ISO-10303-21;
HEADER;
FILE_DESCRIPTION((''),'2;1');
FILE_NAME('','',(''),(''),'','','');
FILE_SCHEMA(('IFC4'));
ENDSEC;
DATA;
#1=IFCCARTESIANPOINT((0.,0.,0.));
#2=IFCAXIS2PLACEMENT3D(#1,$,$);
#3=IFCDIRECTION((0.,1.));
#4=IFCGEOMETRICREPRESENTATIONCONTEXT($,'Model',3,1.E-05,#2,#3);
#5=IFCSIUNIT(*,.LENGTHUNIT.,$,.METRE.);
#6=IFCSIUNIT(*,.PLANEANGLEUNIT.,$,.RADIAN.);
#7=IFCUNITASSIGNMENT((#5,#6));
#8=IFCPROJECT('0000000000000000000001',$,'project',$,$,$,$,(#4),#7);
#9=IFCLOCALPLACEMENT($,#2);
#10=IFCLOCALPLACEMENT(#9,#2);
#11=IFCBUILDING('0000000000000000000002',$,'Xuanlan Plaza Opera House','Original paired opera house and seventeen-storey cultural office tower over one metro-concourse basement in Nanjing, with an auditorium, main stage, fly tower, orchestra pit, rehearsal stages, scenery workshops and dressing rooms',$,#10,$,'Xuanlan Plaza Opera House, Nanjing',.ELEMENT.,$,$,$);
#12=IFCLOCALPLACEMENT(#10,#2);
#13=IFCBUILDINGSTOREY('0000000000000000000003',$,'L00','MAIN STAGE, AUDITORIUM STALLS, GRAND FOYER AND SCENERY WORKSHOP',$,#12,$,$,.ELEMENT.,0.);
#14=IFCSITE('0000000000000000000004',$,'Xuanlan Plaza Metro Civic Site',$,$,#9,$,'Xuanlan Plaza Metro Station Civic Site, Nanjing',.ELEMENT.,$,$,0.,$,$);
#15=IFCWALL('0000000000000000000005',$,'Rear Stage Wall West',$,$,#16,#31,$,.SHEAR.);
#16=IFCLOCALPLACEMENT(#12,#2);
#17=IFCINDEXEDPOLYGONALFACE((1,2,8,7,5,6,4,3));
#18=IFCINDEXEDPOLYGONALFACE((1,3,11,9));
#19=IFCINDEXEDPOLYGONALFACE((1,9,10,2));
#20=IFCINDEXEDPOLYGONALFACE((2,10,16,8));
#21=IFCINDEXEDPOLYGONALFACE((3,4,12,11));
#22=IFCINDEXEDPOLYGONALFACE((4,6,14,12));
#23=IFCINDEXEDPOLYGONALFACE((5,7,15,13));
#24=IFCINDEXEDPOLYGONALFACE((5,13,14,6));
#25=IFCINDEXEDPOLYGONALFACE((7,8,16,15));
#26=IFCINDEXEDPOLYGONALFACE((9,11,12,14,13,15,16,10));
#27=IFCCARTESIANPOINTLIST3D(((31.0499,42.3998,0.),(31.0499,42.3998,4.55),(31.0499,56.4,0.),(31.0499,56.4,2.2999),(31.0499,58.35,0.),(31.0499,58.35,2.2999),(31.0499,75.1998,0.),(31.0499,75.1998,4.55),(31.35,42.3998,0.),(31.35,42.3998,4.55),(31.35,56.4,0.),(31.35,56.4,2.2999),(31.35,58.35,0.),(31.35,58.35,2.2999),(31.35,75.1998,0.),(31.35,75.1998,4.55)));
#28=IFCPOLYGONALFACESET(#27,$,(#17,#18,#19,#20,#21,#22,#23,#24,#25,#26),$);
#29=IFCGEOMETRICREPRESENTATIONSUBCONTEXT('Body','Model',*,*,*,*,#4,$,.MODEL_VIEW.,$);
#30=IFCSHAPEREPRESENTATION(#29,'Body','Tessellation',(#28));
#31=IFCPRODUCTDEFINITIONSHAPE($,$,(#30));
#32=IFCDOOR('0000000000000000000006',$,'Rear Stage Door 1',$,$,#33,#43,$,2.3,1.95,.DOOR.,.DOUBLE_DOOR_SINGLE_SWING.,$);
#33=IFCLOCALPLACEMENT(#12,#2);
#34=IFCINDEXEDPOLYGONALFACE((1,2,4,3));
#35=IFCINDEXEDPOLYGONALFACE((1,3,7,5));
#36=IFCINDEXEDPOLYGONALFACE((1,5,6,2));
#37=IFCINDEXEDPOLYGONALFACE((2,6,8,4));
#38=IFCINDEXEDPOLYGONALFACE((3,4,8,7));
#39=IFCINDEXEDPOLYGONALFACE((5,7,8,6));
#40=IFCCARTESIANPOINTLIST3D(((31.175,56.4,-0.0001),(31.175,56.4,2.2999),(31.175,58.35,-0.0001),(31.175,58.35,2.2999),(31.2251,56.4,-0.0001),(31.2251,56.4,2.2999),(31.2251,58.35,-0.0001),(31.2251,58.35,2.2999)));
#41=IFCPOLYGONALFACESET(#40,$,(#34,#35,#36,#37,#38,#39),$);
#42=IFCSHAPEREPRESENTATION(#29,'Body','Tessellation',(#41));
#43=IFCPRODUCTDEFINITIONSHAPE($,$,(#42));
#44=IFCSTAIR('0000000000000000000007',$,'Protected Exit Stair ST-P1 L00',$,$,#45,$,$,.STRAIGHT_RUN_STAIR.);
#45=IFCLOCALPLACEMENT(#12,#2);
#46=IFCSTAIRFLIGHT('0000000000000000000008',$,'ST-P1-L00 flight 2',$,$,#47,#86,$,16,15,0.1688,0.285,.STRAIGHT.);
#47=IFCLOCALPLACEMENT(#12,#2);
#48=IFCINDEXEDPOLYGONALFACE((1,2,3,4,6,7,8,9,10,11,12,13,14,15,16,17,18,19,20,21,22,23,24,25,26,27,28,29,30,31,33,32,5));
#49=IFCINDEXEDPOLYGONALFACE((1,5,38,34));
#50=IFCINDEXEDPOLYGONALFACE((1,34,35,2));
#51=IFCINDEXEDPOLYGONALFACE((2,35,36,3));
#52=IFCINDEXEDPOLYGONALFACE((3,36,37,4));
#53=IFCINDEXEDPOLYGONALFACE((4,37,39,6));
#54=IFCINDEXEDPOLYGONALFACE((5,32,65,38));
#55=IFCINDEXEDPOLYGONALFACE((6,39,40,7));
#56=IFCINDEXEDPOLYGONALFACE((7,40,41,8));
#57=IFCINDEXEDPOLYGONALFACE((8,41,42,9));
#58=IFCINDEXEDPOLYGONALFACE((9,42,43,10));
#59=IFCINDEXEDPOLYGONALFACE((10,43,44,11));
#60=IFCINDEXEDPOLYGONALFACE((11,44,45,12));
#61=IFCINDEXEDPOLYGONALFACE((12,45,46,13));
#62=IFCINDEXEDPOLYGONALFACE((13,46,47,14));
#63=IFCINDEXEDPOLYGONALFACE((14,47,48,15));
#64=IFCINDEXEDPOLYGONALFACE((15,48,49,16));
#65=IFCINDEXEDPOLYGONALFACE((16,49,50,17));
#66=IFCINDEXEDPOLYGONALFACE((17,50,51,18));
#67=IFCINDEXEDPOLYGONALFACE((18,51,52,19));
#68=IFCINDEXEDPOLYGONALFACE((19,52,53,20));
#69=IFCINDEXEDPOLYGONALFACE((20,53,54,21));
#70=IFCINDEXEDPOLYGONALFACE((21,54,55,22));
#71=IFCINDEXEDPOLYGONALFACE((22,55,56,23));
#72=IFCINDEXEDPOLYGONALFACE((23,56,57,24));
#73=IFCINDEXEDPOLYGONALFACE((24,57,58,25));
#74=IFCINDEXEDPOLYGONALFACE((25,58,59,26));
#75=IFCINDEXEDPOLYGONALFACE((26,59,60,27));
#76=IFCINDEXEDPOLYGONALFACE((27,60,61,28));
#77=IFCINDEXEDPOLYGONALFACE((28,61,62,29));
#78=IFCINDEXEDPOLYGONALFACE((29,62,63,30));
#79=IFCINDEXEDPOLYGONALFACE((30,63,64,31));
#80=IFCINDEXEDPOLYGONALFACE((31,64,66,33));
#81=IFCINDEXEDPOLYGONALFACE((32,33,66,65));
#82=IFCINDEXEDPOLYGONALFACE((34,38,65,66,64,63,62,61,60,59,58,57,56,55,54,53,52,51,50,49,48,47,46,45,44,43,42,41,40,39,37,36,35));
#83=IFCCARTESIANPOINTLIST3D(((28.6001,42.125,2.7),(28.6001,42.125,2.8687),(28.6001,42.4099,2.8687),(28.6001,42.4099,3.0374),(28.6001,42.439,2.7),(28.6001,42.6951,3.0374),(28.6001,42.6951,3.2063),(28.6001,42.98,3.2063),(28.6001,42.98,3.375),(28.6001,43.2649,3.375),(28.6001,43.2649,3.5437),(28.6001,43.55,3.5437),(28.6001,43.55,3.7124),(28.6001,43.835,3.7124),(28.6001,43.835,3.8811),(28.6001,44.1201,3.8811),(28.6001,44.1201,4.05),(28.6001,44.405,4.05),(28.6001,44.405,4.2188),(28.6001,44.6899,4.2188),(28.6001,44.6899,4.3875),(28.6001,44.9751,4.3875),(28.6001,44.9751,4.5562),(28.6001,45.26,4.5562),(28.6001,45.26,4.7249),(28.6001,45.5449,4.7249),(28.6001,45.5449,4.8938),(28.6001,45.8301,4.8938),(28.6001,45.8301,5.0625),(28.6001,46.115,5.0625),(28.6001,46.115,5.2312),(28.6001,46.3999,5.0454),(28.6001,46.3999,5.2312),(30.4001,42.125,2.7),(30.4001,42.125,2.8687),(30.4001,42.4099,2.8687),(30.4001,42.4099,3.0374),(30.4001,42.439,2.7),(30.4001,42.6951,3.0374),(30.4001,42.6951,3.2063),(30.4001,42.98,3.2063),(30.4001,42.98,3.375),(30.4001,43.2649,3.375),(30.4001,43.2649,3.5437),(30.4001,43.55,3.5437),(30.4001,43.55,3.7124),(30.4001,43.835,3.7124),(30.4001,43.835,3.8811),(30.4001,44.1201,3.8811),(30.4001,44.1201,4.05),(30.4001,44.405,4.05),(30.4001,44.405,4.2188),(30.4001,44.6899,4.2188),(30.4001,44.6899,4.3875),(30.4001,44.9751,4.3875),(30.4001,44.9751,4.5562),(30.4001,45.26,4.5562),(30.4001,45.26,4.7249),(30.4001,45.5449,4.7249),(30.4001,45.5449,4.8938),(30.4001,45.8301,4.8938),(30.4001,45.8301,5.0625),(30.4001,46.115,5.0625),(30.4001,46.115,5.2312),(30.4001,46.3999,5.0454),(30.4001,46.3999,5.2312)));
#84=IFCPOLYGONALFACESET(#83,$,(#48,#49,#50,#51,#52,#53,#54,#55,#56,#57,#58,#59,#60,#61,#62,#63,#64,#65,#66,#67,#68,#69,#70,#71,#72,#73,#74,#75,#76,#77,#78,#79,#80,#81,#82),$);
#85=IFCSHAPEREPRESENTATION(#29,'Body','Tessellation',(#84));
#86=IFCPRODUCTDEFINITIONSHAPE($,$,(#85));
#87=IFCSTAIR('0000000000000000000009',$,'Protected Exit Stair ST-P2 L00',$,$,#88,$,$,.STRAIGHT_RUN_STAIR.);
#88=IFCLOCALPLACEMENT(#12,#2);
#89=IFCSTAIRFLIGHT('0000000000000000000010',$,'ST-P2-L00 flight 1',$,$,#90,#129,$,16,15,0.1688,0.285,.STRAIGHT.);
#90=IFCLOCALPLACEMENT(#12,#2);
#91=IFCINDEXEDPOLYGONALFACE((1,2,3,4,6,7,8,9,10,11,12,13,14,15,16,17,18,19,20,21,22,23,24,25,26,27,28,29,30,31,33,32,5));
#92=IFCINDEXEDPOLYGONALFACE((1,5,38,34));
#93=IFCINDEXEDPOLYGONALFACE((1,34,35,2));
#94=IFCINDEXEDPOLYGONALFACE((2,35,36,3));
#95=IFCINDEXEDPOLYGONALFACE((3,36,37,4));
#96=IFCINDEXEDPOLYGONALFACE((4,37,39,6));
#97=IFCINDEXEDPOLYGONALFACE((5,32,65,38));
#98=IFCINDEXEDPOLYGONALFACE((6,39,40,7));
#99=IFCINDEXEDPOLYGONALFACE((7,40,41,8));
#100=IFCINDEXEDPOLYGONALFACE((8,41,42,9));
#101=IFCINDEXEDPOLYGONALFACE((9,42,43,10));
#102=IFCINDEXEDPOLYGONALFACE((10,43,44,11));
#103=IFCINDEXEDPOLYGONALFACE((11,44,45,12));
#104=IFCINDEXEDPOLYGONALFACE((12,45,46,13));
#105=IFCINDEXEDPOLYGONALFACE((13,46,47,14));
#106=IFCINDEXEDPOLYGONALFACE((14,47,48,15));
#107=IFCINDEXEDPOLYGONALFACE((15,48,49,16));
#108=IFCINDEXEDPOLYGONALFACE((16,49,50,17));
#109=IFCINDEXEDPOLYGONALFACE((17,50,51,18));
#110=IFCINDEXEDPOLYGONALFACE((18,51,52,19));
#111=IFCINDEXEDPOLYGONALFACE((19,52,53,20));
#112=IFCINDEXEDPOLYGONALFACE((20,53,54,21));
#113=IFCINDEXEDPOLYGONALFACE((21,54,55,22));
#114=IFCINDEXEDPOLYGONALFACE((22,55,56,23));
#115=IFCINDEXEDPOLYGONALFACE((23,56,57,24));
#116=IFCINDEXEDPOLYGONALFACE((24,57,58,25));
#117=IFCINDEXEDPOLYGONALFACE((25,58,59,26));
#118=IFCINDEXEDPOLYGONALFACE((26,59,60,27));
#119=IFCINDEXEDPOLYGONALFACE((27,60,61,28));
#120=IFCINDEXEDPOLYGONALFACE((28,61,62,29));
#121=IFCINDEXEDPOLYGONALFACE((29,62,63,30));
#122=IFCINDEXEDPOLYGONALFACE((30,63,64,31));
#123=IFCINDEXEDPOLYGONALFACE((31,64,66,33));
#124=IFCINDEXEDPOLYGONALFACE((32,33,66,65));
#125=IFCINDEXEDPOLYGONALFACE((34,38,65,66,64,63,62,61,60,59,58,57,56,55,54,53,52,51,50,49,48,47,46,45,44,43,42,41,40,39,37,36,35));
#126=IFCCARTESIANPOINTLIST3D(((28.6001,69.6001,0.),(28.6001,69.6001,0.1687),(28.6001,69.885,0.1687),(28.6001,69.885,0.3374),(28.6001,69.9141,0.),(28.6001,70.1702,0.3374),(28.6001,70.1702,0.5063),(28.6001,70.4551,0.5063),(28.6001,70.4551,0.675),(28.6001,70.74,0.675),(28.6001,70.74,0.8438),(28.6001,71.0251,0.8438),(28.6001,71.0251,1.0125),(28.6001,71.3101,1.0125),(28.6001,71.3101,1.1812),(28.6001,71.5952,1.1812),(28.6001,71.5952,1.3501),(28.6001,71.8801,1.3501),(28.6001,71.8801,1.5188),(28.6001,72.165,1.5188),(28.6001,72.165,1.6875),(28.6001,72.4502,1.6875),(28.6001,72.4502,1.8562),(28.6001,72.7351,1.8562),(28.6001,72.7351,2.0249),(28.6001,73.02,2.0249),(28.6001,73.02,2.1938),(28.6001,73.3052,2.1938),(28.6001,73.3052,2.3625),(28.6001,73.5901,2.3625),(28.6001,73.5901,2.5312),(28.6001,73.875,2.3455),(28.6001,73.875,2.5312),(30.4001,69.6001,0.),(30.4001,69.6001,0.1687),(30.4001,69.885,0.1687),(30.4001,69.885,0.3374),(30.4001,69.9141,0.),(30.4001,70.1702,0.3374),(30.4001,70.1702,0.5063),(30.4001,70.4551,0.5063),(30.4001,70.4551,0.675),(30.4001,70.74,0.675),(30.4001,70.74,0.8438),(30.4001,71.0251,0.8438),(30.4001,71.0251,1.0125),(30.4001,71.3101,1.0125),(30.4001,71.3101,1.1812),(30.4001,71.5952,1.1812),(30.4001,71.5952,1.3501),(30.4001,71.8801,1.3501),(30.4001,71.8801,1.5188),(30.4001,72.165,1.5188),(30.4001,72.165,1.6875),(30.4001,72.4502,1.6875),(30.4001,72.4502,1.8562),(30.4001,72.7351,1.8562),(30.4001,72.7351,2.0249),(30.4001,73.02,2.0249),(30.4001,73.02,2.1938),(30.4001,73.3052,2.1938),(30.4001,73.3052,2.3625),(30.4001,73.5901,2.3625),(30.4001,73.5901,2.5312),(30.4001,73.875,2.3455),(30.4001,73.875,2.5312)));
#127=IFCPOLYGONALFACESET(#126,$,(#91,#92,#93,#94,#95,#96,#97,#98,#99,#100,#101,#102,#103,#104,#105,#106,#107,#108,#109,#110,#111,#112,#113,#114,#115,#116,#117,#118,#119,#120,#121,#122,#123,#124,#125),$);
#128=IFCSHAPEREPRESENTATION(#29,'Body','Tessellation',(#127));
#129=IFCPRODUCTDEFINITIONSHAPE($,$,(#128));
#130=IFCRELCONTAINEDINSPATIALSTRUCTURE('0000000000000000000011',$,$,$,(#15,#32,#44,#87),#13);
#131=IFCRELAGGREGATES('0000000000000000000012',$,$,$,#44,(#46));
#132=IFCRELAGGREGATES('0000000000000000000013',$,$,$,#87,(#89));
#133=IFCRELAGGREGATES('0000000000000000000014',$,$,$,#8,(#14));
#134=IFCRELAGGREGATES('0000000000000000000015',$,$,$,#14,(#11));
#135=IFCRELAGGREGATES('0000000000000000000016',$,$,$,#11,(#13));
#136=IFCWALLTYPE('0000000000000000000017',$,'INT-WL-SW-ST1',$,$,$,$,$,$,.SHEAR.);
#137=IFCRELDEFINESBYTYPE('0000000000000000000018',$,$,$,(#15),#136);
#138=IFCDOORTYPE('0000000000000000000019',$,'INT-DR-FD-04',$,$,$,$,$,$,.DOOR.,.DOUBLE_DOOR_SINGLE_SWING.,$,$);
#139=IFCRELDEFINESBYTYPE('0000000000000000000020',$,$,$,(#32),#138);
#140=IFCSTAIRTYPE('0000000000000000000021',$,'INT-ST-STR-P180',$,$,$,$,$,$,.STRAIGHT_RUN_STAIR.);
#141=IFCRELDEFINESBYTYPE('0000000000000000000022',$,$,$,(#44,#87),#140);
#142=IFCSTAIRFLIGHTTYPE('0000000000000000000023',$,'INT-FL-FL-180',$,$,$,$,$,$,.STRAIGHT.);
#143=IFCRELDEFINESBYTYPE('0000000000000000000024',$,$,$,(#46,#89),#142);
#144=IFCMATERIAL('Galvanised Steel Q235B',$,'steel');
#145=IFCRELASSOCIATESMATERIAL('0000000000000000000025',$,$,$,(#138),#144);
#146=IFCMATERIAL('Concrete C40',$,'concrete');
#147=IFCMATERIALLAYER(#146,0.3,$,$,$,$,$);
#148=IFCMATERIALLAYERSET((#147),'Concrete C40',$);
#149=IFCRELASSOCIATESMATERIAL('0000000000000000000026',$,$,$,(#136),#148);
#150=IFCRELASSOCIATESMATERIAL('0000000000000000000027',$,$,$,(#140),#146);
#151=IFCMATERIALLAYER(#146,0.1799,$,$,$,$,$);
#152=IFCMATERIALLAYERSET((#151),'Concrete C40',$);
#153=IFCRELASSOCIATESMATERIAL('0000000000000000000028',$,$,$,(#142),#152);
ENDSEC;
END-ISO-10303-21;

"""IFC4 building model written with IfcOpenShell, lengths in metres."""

from ifc_helpers import new_model, si_unit, direction, frame, frame_2d, origin, place, context, subcontext, project, spatial, polyline, rectangle, outline, extrude, material, layer, layer_set, type_object, element, fill, aggregate, save


model = new_model("IFC4")

# Units and contexts
model_context = context("Model", 3, precision=1e-05, world=origin(), true_north=direction((0.0, 1.0)))
body_context = subcontext(model_context, "Body", "Model", "MODEL_VIEW")
ifc_project = project(units=[si_unit("LENGTHUNIT", "METRE"), si_unit("PLANEANGLEUNIT", "RADIAN")], contexts=[model_context])

# Site, building, storey
site_placement = place(None, origin())
site = spatial("IfcSite", under=ifc_project, at=site_placement, Name="Xuanlan Plaza Metro Civic Site", LongName="Xuanlan Plaza Metro Station Civic Site, Nanjing", CompositionType="ELEMENT", RefElevation=0.0)
building_placement = place(site_placement, origin())
building = spatial("IfcBuilding", under=site, at=building_placement, Name="Xuanlan Plaza Opera House", Description="Original paired opera house and seventeen-storey cultural office tower over one metro-concourse basement in Nanjing, with an auditorium, main stage, fly tower, orchestra pit, rehearsal stages, scenery workshops and dressing rooms", LongName="Xuanlan Plaza Opera House, Nanjing", CompositionType="ELEMENT")
storey_placement = place(building_placement, origin())
storey = spatial("IfcBuildingStorey", under=building, at=storey_placement, Name="L00", Description="MAIN STAGE, AUDITORIUM STALLS, GRAND FOYER AND SCENERY WORKSHOP", CompositionType="ELEMENT", Elevation=0.0)

# Shared definitions
ifc_material_1 = material(Name="Concrete C40", Category="concrete")

# Shared definitions
ifc_material_2 = material(Name="Galvanised Steel Q235B", Category="steel")
door_type_1 = type_object("IfcDoorType", Name="INT-DR-FD-04", OperationType="DOUBLE_DOOR_SINGLE_SWING", PredefinedType="DOOR", material=ifc_material_2)

# Shared definitions
ifc_layer_1 = layer(ifc_material_1, 0.3)
ifc_layer_set_1 = layer_set([ifc_layer_1], Name="Concrete C40")
wall_type_1 = type_object("IfcWallType", Name="INT-WL-SW-ST1", PredefinedType="SHEAR", material=ifc_layer_set_1)

# Wall, opening, door
wall_1_placement = place(storey_placement, frame((31.2, 42.3999, 0.0), z_axis=(0.0, 0.0, 1.0), x_axis=(0.0, 1.0, 0.0)))
wall_1 = element("IfcWall", 1, at=wall_1_placement, inside=storey, type_object=wall_type_1, Name="Rear Stage Wall West", PredefinedType="SHEAR", context=body_context, shape_type="SweptSolid", body=[
    extrude(rectangle(XDim=32.8, YDim=0.3, at=frame_2d((16.3999, 0.0))), origin(), (0.0, 0.0, 1.0), 4.55),
])
opening_1_placement = place(wall_1_placement, frame((14.0, 0.0, 0.0)))
opening_1 = element("IfcOpeningElement", 2, at=opening_1_placement, cuts=wall_1, PredefinedType="OPENING", context=body_context, shape_type="SweptSolid", body=[
    extrude(rectangle(XDim=1.95, YDim=2.3, at=frame_2d((0.9751, 1.1499))), frame((0.0, 0.1599, 0.0), z_axis=(0.0, -1.0, 0.0), x_axis=(1.0, 0.0, 0.0)), (0.0, 0.0, 1.0), 0.3201),
])
door_1_placement = place(opening_1_placement, origin())
door_1 = element("IfcDoor", 3, at=door_1_placement, inside=storey, type_object=door_type_1, Name="Rear Stage Door 1", OperationType="DOUBLE_DOOR_SINGLE_SWING", OverallHeight=2.3, OverallWidth=1.95, PredefinedType="DOOR", context=body_context, shape_type="SweptSolid", body=[
    extrude(rectangle(XDim=1.95, YDim=2.3, at=frame_2d((0.9751, 1.1499))), frame((0.0, 0.0249, 0.0), z_axis=(0.0, -1.0, 0.0), x_axis=(1.0, 0.0, 0.0)), (0.0, 0.0, 1.0), 0.05),
])
fill(opening_1, door_1)

# Stairs, stair flights
stair_type = type_object("IfcStairType", Name="INT-ST-STR-P180", PredefinedType="STRAIGHT_RUN_STAIR", material=ifc_material_1)
stair_1_placement = place(storey_placement, origin())
stair_1 = element("IfcStair", 4, at=stair_1_placement, inside=storey, type_object=stair_type, Name="Protected Exit Stair ST-P1 L00", PredefinedType="STRAIGHT_RUN_STAIR")
ifc_layer_2 = layer(ifc_material_1, 0.1799)
ifc_layer_set_2 = layer_set([ifc_layer_2], Name="Concrete C40")
stair_flight_type = type_object("IfcStairFlightType", Name="INT-FL-FL-180", PredefinedType="STRAIGHT", material=ifc_layer_set_2)
stair_flight_1_placement = place(storey_placement, frame((29.5, 42.125, 2.7), z_axis=(0.0, 0.0, 1.0), x_axis=(0.0, 1.0, 0.0)))
stair_flight_1 = element("IfcStairFlight", 5, at=stair_flight_1_placement, type_object=stair_flight_type, Name="ST-P1-L00 flight 2", NumberOfRisers=16, NumberOfTreads=15, PredefinedType="STRAIGHT", RiserHeight=0.1688, TreadLength=0.285, context=body_context, shape_type="SweptSolid", body=[
    extrude(outline(polyline([(0.0, 0.0), (0.0, 0.1687), (0.2849, 0.1687), (0.2849, 0.3374), (0.5701, 0.3374), (0.5701, 0.5063), (0.855, 0.5063), (0.855, 0.675), (1.1399, 0.675), (1.1399, 0.8438), (1.425, 0.8438), (1.425, 1.0125), (1.71, 1.0125), (1.71, 1.1812), (1.9951, 1.1812), (1.9951, 1.3501), (2.28, 1.3501), (2.28, 1.5188), (2.5649, 1.5188), (2.5649, 1.6875), (2.8501, 1.6875), (2.8501, 1.8562), (3.135, 1.8562), (3.135, 2.0249), (3.4199, 2.0249), (3.4199, 2.1938), (3.7051, 2.1938), (3.7051, 2.3625), (3.99, 2.3625), (3.99, 2.5312), (4.2749, 2.5312), (4.2749, 2.7), (4.2749, 2.3455), (0.314, 0.0), (0.0, 0.0)])), frame((0.0, 0.8999, 0.0), z_axis=(0.0, -1.0, 0.0), x_axis=(1.0, 0.0, 0.0)), (0.0, 0.0, 1.0), 1.8),
])
aggregate(stair_1, [stair_flight_1])
stair_2_placement = place(storey_placement, origin())
stair_2 = element("IfcStair", 6, at=stair_2_placement, inside=storey, type_object=stair_type, Name="Protected Exit Stair ST-P2 L00", PredefinedType="STRAIGHT_RUN_STAIR")
stair_flight_2_placement = place(storey_placement, frame((29.5, 69.6001, 0.0), z_axis=(0.0, 0.0, 1.0), x_axis=(0.0, 1.0, 0.0)))
stair_flight_2 = element("IfcStairFlight", 7, at=stair_flight_2_placement, type_object=stair_flight_type, Name="ST-P2-L00 flight 1", NumberOfRisers=16, NumberOfTreads=15, PredefinedType="STRAIGHT", RiserHeight=0.1688, TreadLength=0.285, context=body_context, shape_type="SweptSolid", body=[
    extrude(outline(polyline([(0.0, 0.0), (0.0, 0.1687), (0.2849, 0.1687), (0.2849, 0.3374), (0.5701, 0.3374), (0.5701, 0.5063), (0.855, 0.5063), (0.855, 0.675), (1.1399, 0.675), (1.1399, 0.8438), (1.425, 0.8438), (1.425, 1.0125), (1.71, 1.0125), (1.71, 1.1812), (1.9951, 1.1812), (1.9951, 1.3501), (2.28, 1.3501), (2.28, 1.5188), (2.5649, 1.5188), (2.5649, 1.6875), (2.8501, 1.6875), (2.8501, 1.8562), (3.135, 1.8562), (3.135, 2.0249), (3.4199, 2.0249), (3.4199, 2.1938), (3.7051, 2.1938), (3.7051, 2.3625), (3.99, 2.3625), (3.99, 2.5312), (4.2749, 2.5312), (4.2749, 2.7), (4.2749, 2.3455), (0.314, 0.0), (0.0, 0.0)])), frame((0.0, 0.8999, 0.0), z_axis=(0.0, -1.0, 0.0), x_axis=(1.0, 0.0, 0.0)), (0.0, 0.0, 1.0), 1.8),
])
aggregate(stair_2, [stair_flight_2])

save(model, "model.ifc")
